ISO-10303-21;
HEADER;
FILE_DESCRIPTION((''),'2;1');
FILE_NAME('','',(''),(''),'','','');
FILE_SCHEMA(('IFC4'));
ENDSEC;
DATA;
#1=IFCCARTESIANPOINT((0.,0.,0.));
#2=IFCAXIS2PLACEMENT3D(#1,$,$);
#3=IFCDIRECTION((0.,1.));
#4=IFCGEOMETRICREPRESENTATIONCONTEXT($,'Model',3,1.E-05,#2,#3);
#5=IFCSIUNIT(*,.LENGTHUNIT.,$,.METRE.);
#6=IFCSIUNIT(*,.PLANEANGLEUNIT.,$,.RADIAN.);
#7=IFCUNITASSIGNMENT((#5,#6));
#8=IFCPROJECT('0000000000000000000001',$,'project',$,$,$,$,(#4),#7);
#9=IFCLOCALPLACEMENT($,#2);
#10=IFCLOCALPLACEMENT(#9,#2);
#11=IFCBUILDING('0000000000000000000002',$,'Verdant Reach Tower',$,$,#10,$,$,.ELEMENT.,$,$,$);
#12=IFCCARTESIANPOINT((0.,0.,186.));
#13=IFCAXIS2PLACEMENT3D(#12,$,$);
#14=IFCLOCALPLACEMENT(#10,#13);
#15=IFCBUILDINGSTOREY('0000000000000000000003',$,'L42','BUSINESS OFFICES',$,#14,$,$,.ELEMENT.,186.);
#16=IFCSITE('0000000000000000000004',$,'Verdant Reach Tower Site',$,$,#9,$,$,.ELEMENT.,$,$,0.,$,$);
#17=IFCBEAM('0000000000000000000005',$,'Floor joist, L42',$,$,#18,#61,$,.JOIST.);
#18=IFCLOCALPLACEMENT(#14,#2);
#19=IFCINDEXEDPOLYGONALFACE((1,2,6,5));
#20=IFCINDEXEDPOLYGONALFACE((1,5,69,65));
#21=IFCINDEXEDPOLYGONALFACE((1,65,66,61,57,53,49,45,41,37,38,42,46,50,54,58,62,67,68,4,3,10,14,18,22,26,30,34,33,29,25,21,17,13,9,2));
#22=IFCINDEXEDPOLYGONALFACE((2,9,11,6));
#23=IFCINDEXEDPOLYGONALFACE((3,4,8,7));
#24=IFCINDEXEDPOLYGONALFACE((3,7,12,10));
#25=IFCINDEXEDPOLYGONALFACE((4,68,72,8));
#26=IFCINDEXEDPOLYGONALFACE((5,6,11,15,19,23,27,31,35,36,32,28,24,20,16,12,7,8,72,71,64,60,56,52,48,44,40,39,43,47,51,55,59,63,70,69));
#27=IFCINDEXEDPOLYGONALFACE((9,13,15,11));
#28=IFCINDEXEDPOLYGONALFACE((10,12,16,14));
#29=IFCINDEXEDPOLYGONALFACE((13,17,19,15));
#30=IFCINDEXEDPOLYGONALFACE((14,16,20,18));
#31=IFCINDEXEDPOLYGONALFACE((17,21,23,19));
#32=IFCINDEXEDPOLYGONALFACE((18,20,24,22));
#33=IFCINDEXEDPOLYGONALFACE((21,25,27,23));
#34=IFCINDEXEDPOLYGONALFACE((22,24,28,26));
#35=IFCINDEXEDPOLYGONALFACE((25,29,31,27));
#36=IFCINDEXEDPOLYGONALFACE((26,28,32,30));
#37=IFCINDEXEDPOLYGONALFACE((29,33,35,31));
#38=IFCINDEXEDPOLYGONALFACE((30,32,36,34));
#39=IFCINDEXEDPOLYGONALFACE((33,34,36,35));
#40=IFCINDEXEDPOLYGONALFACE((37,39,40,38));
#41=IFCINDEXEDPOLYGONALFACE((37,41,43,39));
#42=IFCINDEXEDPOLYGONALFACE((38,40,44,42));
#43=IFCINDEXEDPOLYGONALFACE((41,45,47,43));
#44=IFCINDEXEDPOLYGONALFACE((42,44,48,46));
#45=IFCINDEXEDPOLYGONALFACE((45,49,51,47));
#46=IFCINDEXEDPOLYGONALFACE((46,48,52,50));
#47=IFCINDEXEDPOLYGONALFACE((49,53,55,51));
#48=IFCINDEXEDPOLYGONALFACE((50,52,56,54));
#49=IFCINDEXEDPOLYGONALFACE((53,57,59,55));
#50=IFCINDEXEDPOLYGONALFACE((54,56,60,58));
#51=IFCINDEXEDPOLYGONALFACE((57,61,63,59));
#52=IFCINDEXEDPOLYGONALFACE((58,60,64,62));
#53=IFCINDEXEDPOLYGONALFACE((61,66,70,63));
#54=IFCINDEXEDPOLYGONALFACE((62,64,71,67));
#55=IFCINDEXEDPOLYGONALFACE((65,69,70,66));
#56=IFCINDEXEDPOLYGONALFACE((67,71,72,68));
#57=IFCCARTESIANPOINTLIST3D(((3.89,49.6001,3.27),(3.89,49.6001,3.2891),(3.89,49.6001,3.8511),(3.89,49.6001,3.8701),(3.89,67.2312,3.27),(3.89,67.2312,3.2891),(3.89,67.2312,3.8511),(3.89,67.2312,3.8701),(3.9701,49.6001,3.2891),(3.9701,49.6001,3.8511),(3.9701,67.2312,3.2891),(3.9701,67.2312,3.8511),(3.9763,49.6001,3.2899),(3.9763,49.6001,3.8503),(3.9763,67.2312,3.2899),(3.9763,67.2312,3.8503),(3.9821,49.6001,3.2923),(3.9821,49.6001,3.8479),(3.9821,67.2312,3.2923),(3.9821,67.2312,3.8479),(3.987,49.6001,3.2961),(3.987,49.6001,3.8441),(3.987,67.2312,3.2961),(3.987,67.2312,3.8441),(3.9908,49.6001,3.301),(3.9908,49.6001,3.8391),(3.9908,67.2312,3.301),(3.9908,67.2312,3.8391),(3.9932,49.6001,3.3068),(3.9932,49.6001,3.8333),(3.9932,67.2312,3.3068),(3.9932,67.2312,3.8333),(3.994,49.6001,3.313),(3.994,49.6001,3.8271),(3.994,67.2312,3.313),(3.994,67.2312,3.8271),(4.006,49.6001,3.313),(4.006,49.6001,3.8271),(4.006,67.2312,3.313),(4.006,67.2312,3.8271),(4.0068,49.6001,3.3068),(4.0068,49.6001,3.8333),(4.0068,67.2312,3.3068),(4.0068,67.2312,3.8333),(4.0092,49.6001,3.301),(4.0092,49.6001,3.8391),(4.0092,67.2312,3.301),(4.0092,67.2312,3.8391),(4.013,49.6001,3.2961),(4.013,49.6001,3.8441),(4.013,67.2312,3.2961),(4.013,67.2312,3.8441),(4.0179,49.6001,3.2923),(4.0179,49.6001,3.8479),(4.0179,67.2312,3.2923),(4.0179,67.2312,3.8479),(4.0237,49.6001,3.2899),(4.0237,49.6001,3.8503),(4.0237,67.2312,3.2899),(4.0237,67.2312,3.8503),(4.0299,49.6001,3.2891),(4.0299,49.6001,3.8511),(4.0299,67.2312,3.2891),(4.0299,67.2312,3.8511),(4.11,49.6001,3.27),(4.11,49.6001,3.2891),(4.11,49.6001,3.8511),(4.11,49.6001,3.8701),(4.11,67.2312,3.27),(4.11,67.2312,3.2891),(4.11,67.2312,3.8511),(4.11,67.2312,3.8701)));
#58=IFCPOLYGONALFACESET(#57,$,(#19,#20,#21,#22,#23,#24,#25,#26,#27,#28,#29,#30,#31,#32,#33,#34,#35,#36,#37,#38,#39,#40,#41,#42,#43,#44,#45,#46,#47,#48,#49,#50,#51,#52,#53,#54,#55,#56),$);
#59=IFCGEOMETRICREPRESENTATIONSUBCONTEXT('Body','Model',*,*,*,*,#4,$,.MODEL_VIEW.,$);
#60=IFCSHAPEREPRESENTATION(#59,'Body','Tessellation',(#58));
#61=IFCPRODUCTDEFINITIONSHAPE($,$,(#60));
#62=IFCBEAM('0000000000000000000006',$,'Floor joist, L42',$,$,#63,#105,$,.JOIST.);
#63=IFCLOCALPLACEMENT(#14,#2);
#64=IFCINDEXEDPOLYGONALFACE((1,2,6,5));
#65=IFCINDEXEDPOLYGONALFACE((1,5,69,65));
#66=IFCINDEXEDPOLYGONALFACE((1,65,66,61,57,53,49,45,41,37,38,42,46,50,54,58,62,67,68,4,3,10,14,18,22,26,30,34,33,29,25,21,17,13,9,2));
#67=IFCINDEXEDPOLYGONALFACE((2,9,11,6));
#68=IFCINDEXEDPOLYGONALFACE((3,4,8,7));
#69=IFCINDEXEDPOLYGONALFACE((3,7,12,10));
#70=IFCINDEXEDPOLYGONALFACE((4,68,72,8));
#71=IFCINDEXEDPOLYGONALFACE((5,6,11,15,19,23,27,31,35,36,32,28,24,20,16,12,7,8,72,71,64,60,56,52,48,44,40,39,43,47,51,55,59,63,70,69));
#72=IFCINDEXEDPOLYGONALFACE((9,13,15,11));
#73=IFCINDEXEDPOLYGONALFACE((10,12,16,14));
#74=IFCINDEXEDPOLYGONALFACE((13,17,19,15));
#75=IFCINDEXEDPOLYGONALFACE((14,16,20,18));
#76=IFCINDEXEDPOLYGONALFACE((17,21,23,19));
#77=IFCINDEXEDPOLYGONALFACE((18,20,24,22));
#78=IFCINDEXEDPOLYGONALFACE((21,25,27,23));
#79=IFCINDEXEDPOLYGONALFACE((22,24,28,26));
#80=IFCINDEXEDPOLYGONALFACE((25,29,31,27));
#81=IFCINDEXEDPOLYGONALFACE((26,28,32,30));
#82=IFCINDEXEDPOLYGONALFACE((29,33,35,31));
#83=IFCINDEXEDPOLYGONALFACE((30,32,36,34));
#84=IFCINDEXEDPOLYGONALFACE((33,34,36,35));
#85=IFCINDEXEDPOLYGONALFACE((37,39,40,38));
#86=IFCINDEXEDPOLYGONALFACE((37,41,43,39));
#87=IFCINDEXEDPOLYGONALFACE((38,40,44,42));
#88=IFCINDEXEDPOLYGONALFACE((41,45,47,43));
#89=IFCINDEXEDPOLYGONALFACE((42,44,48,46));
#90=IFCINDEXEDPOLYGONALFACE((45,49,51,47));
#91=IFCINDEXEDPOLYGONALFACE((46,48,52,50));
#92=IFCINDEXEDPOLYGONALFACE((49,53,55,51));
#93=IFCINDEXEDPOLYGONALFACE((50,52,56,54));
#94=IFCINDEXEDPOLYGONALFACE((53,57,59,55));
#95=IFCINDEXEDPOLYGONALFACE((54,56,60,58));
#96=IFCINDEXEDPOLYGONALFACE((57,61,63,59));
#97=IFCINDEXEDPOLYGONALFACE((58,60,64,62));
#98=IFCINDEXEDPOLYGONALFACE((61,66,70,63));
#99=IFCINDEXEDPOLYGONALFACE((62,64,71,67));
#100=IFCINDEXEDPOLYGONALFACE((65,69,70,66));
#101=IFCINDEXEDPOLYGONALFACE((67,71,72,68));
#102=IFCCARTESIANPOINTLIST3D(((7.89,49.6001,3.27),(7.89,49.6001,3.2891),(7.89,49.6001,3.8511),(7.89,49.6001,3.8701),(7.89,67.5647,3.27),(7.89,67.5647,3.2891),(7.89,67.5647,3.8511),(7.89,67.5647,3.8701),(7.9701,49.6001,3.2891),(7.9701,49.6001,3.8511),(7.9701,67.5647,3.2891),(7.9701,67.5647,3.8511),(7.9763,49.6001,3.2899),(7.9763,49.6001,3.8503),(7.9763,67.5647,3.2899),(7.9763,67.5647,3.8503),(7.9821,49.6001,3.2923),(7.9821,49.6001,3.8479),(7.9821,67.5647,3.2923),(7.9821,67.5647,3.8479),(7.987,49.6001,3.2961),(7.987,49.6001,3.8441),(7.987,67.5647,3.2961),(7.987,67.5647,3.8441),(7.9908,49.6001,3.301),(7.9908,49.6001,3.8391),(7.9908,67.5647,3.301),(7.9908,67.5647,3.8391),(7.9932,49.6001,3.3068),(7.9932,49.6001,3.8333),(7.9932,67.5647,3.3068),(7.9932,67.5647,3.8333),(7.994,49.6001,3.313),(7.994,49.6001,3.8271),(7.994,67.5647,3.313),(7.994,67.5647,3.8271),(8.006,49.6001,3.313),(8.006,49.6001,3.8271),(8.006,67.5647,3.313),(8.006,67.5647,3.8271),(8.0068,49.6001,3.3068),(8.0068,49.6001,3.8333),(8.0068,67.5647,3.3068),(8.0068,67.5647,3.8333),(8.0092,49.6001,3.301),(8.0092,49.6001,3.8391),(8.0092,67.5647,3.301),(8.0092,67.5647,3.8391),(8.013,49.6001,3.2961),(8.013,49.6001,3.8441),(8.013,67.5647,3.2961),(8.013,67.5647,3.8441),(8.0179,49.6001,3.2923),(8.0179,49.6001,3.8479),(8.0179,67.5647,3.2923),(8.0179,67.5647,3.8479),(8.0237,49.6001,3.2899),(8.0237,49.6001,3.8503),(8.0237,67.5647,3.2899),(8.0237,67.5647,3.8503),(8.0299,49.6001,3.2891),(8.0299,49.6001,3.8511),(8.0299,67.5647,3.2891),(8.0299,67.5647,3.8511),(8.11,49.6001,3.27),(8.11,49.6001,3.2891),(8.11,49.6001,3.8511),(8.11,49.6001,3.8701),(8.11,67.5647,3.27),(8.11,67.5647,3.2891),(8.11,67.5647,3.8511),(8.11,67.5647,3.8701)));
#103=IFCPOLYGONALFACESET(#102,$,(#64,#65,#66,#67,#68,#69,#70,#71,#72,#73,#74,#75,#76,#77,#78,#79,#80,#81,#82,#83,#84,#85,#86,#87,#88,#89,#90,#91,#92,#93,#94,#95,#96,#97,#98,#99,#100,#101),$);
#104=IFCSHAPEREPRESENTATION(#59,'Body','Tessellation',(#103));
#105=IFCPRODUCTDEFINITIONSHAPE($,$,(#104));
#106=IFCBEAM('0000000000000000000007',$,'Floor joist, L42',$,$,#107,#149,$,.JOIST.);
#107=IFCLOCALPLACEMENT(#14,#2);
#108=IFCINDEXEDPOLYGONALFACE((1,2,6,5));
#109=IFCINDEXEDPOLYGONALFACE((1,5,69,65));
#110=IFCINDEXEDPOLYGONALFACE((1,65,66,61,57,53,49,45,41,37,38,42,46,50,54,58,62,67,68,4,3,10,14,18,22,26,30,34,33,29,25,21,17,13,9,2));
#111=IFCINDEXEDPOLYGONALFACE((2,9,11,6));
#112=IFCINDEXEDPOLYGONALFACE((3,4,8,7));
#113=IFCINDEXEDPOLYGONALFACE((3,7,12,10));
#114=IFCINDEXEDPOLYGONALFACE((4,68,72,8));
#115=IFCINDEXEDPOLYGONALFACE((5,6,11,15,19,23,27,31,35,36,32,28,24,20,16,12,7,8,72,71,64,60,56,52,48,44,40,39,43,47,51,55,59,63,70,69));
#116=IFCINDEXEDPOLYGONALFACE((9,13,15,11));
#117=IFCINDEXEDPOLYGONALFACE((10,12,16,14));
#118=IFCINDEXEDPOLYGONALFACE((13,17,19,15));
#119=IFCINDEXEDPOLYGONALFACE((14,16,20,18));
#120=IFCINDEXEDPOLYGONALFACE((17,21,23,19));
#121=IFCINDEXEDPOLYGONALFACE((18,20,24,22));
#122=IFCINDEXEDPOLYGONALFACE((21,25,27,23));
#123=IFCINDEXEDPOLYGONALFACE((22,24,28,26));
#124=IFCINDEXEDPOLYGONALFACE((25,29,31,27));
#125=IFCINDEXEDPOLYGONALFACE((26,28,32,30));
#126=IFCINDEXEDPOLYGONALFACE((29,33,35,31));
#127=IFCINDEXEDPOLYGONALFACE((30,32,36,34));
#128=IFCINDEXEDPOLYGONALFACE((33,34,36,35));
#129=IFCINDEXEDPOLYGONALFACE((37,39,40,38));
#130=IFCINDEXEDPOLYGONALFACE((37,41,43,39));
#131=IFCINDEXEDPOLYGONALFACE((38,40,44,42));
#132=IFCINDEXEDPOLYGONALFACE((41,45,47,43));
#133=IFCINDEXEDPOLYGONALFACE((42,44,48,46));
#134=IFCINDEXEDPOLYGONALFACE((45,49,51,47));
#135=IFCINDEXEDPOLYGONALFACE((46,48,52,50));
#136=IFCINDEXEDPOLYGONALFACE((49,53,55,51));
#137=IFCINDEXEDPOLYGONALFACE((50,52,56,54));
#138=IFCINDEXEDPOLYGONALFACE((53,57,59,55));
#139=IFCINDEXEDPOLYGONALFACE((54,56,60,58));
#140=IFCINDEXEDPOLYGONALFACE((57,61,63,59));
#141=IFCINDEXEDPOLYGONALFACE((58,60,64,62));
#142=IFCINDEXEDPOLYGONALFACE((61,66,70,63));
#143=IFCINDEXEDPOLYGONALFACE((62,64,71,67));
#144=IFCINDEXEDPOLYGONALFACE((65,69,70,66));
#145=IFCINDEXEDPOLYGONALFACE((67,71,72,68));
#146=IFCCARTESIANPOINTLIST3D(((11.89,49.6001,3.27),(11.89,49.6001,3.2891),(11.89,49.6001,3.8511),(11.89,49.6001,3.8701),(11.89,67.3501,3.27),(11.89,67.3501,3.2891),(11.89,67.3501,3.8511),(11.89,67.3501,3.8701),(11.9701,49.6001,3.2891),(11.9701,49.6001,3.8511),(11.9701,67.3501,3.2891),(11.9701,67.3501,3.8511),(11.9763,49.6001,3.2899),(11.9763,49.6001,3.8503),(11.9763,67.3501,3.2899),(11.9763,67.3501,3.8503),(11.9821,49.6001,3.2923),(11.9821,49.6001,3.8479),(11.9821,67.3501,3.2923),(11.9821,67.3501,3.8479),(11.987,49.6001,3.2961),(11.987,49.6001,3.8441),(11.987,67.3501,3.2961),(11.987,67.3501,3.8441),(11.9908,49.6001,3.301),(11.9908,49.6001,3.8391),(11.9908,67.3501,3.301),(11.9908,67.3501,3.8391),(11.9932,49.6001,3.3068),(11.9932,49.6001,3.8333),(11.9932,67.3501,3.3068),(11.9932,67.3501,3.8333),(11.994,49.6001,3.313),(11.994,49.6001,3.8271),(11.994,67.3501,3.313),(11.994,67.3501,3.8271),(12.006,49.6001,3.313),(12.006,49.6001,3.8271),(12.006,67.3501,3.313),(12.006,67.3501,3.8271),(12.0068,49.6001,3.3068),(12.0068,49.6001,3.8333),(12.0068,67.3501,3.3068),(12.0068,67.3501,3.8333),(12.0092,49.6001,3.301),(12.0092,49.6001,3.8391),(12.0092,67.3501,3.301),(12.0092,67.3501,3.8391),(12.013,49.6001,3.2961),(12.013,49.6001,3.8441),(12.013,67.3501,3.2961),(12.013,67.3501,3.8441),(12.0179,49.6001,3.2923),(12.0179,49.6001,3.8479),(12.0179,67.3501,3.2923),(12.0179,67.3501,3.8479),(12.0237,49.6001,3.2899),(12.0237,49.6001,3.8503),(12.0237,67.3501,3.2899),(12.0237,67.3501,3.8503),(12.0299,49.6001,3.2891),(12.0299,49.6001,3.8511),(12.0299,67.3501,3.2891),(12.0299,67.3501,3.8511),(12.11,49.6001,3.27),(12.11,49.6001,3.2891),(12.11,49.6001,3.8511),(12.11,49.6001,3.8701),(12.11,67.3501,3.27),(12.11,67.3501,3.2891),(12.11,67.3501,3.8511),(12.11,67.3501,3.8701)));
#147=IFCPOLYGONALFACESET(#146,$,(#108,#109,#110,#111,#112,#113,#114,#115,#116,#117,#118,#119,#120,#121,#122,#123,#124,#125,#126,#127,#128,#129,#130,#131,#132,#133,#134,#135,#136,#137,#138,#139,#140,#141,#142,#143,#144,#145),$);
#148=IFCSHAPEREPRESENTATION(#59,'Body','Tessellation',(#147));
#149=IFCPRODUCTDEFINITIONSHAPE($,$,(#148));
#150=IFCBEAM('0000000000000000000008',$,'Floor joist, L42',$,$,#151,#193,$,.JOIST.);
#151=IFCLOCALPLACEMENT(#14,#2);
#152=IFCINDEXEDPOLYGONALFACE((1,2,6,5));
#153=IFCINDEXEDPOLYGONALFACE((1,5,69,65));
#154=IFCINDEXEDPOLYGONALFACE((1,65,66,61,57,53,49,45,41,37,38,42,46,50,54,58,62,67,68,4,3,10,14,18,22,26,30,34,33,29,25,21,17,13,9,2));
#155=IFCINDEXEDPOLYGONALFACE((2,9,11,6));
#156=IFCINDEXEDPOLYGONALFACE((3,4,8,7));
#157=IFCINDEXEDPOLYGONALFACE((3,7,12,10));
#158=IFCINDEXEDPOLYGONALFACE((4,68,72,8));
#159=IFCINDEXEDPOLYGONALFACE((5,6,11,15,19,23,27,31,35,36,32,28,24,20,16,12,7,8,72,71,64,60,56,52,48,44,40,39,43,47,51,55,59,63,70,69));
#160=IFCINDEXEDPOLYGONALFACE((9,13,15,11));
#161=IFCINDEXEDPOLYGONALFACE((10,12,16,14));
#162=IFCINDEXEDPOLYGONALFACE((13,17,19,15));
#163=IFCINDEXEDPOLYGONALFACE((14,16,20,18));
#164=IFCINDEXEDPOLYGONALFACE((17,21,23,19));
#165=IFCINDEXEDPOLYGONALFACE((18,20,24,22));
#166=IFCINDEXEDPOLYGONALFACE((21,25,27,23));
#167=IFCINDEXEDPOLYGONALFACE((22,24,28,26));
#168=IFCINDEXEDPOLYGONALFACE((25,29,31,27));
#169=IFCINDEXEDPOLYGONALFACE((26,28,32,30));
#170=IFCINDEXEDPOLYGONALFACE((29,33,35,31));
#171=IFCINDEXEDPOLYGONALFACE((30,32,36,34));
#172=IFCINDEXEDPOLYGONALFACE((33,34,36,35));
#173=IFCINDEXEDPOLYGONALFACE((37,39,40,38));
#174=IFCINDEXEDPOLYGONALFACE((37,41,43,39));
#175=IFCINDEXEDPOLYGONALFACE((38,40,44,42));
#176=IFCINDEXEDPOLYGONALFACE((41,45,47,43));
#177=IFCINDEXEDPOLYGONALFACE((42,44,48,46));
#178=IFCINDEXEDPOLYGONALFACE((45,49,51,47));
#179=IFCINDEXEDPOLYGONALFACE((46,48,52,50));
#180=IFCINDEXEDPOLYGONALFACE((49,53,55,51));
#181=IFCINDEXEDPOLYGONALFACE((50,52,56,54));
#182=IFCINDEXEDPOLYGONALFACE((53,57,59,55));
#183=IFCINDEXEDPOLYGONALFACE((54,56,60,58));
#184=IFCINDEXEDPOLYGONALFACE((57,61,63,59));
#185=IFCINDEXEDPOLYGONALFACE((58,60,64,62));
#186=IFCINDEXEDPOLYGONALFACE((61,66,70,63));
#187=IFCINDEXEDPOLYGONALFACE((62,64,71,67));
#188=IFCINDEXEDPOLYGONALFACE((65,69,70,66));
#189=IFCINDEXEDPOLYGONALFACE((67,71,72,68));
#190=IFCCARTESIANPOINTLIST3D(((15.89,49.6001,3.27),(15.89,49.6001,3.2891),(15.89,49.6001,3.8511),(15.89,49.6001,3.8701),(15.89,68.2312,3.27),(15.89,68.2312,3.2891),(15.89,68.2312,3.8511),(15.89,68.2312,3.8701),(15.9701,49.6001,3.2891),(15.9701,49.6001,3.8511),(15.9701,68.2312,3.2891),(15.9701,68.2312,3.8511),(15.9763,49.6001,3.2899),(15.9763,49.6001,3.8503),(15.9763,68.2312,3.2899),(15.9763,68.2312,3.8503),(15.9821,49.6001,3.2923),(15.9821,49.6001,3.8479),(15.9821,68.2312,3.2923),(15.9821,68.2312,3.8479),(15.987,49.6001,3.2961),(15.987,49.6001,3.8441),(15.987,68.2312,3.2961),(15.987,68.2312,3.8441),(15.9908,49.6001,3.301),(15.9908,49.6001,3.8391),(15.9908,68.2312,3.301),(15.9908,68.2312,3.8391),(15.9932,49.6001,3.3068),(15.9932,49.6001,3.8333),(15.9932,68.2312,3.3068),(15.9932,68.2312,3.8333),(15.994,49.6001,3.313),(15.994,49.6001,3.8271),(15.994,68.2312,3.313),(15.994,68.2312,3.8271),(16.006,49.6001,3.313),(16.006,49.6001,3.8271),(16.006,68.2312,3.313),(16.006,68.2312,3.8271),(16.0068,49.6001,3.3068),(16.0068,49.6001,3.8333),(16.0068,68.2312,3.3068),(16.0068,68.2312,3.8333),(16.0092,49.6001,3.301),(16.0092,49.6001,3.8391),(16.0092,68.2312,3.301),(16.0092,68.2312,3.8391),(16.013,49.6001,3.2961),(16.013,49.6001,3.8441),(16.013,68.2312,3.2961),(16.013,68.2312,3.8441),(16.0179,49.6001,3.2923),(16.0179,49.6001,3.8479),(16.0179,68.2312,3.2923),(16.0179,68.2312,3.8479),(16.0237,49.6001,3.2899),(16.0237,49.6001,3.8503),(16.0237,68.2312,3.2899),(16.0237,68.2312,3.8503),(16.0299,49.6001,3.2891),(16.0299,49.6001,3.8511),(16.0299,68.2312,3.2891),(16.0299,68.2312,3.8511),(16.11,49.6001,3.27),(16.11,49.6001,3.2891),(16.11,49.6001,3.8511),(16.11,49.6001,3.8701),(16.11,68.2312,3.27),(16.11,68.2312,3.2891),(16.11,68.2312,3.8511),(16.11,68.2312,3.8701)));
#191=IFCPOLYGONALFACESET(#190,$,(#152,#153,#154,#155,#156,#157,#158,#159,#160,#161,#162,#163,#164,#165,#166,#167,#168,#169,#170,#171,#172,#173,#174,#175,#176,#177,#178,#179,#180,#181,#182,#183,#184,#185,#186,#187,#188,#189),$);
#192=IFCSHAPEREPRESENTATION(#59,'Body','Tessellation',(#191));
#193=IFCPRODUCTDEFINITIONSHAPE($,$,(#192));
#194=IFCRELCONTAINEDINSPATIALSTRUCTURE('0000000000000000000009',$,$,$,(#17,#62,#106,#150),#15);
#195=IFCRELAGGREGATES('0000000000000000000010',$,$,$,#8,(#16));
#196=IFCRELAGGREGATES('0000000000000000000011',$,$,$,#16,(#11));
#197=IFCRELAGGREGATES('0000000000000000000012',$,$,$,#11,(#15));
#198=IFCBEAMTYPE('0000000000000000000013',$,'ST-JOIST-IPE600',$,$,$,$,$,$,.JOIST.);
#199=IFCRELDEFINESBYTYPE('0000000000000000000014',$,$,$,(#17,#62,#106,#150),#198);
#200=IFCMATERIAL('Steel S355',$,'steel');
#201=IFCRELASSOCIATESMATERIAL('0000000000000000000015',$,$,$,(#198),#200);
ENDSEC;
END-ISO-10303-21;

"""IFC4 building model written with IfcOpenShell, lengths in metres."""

from ifc_helpers import new_model, si_unit, direction, frame, origin, origin_2d, place, context, subcontext, project, spatial, i_section, extrude, material, material_profile, profile_set, type_object, element, save


model = new_model("IFC4")

# Units and contexts
model_context = context("Model", 3, precision=1e-05, world=origin(), true_north=direction((0.0, 1.0)))
body_context = subcontext(model_context, "Body", "Model", "MODEL_VIEW")
ifc_project = project(units=[si_unit("LENGTHUNIT", "METRE"), si_unit("PLANEANGLEUNIT", "RADIAN")], contexts=[model_context])

# Site, building, storey
site_placement = place(None, origin())
site = spatial("IfcSite", under=ifc_project, at=site_placement, Name="Verdant Reach Tower Site", CompositionType="ELEMENT", RefElevation=0.0)
building_placement = place(site_placement, origin())
building = spatial("IfcBuilding", under=site, at=building_placement, Name="Verdant Reach Tower", CompositionType="ELEMENT")
storey_placement = place(building_placement, frame((0.0, 0.0, 186.0)))
storey = spatial("IfcBuildingStorey", under=building, at=storey_placement, Name="L42", Description="BUSINESS OFFICES", CompositionType="ELEMENT", Elevation=186.0)

# Beams
ifc_material_1 = material(Name="Steel S355", Category="steel")
ifc_material_profile_1 = material_profile(ifc_material_1, i_section(OverallWidth=0.22, OverallDepth=0.6001, WebThickness=0.012, FlangeThickness=0.019, FilletRadius=0.0239, at=origin_2d()), Name="IPE 600")
ifc_profile_set_1 = profile_set([ifc_material_profile_1], Name="Steel S355")
beam_type_1 = type_object("IfcBeamType", Name="ST-JOIST-IPE600", PredefinedType="JOIST", material=ifc_profile_set_1)
beam_1_placement = place(storey_placement, frame((4.0, 49.6001, 3.5701), z_axis=(0.0, 1.0, 0.0), x_axis=(-1.0, 0.0, 0.0)))
element("IfcBeam", 1, at=beam_1_placement, inside=storey, type_object=beam_type_1, Name="Floor joist, L42", PredefinedType="JOIST", context=body_context, shape_type="SweptSolid", body=[
    extrude(i_section(OverallWidth=0.22, OverallDepth=0.6001, WebThickness=0.012, FlangeThickness=0.019, FilletRadius=0.0239, at=origin_2d()), origin(), (0.0, 0.0, 1.0), 17.6311),
])
beam_2_placement = place(storey_placement, frame((8.0, 49.6001, 3.5701), z_axis=(0.0, 1.0, 0.0), x_axis=(-1.0, 0.0, 0.0)))
element("IfcBeam", 2, at=beam_2_placement, inside=storey, type_object=beam_type_1, Name="Floor joist, L42", PredefinedType="JOIST", context=body_context, shape_type="SweptSolid", body=[
    extrude(i_section(OverallWidth=0.22, OverallDepth=0.6001, WebThickness=0.012, FlangeThickness=0.019, FilletRadius=0.0239, at=origin_2d()), origin(), (0.0, 0.0, 1.0), 17.9646),
])
beam_3_placement = place(storey_placement, frame((12.0, 49.6001, 3.5701), z_axis=(0.0, 1.0, 0.0), x_axis=(-1.0, 0.0, 0.0)))
element("IfcBeam", 3, at=beam_3_placement, inside=storey, type_object=beam_type_1, Name="Floor joist, L42", PredefinedType="JOIST", context=body_context, shape_type="SweptSolid", body=[
    extrude(i_section(OverallWidth=0.22, OverallDepth=0.6001, WebThickness=0.012, FlangeThickness=0.019, FilletRadius=0.0239, at=origin_2d()), origin(), (0.0, 0.0, 1.0), 17.75),
])
beam_4_placement = place(storey_placement, frame((16.0, 49.6001, 3.5701), z_axis=(0.0, 1.0, 0.0), x_axis=(-1.0, 0.0, 0.0)))
element("IfcBeam", 4, at=beam_4_placement, inside=storey, type_object=beam_type_1, Name="Floor joist, L42", PredefinedType="JOIST", context=body_context, shape_type="SweptSolid", body=[
    extrude(i_section(OverallWidth=0.22, OverallDepth=0.6001, WebThickness=0.012, FlangeThickness=0.019, FilletRadius=0.0239, at=origin_2d()), origin(), (0.0, 0.0, 1.0), 18.6311),
])

save(model, "model.ifc")
